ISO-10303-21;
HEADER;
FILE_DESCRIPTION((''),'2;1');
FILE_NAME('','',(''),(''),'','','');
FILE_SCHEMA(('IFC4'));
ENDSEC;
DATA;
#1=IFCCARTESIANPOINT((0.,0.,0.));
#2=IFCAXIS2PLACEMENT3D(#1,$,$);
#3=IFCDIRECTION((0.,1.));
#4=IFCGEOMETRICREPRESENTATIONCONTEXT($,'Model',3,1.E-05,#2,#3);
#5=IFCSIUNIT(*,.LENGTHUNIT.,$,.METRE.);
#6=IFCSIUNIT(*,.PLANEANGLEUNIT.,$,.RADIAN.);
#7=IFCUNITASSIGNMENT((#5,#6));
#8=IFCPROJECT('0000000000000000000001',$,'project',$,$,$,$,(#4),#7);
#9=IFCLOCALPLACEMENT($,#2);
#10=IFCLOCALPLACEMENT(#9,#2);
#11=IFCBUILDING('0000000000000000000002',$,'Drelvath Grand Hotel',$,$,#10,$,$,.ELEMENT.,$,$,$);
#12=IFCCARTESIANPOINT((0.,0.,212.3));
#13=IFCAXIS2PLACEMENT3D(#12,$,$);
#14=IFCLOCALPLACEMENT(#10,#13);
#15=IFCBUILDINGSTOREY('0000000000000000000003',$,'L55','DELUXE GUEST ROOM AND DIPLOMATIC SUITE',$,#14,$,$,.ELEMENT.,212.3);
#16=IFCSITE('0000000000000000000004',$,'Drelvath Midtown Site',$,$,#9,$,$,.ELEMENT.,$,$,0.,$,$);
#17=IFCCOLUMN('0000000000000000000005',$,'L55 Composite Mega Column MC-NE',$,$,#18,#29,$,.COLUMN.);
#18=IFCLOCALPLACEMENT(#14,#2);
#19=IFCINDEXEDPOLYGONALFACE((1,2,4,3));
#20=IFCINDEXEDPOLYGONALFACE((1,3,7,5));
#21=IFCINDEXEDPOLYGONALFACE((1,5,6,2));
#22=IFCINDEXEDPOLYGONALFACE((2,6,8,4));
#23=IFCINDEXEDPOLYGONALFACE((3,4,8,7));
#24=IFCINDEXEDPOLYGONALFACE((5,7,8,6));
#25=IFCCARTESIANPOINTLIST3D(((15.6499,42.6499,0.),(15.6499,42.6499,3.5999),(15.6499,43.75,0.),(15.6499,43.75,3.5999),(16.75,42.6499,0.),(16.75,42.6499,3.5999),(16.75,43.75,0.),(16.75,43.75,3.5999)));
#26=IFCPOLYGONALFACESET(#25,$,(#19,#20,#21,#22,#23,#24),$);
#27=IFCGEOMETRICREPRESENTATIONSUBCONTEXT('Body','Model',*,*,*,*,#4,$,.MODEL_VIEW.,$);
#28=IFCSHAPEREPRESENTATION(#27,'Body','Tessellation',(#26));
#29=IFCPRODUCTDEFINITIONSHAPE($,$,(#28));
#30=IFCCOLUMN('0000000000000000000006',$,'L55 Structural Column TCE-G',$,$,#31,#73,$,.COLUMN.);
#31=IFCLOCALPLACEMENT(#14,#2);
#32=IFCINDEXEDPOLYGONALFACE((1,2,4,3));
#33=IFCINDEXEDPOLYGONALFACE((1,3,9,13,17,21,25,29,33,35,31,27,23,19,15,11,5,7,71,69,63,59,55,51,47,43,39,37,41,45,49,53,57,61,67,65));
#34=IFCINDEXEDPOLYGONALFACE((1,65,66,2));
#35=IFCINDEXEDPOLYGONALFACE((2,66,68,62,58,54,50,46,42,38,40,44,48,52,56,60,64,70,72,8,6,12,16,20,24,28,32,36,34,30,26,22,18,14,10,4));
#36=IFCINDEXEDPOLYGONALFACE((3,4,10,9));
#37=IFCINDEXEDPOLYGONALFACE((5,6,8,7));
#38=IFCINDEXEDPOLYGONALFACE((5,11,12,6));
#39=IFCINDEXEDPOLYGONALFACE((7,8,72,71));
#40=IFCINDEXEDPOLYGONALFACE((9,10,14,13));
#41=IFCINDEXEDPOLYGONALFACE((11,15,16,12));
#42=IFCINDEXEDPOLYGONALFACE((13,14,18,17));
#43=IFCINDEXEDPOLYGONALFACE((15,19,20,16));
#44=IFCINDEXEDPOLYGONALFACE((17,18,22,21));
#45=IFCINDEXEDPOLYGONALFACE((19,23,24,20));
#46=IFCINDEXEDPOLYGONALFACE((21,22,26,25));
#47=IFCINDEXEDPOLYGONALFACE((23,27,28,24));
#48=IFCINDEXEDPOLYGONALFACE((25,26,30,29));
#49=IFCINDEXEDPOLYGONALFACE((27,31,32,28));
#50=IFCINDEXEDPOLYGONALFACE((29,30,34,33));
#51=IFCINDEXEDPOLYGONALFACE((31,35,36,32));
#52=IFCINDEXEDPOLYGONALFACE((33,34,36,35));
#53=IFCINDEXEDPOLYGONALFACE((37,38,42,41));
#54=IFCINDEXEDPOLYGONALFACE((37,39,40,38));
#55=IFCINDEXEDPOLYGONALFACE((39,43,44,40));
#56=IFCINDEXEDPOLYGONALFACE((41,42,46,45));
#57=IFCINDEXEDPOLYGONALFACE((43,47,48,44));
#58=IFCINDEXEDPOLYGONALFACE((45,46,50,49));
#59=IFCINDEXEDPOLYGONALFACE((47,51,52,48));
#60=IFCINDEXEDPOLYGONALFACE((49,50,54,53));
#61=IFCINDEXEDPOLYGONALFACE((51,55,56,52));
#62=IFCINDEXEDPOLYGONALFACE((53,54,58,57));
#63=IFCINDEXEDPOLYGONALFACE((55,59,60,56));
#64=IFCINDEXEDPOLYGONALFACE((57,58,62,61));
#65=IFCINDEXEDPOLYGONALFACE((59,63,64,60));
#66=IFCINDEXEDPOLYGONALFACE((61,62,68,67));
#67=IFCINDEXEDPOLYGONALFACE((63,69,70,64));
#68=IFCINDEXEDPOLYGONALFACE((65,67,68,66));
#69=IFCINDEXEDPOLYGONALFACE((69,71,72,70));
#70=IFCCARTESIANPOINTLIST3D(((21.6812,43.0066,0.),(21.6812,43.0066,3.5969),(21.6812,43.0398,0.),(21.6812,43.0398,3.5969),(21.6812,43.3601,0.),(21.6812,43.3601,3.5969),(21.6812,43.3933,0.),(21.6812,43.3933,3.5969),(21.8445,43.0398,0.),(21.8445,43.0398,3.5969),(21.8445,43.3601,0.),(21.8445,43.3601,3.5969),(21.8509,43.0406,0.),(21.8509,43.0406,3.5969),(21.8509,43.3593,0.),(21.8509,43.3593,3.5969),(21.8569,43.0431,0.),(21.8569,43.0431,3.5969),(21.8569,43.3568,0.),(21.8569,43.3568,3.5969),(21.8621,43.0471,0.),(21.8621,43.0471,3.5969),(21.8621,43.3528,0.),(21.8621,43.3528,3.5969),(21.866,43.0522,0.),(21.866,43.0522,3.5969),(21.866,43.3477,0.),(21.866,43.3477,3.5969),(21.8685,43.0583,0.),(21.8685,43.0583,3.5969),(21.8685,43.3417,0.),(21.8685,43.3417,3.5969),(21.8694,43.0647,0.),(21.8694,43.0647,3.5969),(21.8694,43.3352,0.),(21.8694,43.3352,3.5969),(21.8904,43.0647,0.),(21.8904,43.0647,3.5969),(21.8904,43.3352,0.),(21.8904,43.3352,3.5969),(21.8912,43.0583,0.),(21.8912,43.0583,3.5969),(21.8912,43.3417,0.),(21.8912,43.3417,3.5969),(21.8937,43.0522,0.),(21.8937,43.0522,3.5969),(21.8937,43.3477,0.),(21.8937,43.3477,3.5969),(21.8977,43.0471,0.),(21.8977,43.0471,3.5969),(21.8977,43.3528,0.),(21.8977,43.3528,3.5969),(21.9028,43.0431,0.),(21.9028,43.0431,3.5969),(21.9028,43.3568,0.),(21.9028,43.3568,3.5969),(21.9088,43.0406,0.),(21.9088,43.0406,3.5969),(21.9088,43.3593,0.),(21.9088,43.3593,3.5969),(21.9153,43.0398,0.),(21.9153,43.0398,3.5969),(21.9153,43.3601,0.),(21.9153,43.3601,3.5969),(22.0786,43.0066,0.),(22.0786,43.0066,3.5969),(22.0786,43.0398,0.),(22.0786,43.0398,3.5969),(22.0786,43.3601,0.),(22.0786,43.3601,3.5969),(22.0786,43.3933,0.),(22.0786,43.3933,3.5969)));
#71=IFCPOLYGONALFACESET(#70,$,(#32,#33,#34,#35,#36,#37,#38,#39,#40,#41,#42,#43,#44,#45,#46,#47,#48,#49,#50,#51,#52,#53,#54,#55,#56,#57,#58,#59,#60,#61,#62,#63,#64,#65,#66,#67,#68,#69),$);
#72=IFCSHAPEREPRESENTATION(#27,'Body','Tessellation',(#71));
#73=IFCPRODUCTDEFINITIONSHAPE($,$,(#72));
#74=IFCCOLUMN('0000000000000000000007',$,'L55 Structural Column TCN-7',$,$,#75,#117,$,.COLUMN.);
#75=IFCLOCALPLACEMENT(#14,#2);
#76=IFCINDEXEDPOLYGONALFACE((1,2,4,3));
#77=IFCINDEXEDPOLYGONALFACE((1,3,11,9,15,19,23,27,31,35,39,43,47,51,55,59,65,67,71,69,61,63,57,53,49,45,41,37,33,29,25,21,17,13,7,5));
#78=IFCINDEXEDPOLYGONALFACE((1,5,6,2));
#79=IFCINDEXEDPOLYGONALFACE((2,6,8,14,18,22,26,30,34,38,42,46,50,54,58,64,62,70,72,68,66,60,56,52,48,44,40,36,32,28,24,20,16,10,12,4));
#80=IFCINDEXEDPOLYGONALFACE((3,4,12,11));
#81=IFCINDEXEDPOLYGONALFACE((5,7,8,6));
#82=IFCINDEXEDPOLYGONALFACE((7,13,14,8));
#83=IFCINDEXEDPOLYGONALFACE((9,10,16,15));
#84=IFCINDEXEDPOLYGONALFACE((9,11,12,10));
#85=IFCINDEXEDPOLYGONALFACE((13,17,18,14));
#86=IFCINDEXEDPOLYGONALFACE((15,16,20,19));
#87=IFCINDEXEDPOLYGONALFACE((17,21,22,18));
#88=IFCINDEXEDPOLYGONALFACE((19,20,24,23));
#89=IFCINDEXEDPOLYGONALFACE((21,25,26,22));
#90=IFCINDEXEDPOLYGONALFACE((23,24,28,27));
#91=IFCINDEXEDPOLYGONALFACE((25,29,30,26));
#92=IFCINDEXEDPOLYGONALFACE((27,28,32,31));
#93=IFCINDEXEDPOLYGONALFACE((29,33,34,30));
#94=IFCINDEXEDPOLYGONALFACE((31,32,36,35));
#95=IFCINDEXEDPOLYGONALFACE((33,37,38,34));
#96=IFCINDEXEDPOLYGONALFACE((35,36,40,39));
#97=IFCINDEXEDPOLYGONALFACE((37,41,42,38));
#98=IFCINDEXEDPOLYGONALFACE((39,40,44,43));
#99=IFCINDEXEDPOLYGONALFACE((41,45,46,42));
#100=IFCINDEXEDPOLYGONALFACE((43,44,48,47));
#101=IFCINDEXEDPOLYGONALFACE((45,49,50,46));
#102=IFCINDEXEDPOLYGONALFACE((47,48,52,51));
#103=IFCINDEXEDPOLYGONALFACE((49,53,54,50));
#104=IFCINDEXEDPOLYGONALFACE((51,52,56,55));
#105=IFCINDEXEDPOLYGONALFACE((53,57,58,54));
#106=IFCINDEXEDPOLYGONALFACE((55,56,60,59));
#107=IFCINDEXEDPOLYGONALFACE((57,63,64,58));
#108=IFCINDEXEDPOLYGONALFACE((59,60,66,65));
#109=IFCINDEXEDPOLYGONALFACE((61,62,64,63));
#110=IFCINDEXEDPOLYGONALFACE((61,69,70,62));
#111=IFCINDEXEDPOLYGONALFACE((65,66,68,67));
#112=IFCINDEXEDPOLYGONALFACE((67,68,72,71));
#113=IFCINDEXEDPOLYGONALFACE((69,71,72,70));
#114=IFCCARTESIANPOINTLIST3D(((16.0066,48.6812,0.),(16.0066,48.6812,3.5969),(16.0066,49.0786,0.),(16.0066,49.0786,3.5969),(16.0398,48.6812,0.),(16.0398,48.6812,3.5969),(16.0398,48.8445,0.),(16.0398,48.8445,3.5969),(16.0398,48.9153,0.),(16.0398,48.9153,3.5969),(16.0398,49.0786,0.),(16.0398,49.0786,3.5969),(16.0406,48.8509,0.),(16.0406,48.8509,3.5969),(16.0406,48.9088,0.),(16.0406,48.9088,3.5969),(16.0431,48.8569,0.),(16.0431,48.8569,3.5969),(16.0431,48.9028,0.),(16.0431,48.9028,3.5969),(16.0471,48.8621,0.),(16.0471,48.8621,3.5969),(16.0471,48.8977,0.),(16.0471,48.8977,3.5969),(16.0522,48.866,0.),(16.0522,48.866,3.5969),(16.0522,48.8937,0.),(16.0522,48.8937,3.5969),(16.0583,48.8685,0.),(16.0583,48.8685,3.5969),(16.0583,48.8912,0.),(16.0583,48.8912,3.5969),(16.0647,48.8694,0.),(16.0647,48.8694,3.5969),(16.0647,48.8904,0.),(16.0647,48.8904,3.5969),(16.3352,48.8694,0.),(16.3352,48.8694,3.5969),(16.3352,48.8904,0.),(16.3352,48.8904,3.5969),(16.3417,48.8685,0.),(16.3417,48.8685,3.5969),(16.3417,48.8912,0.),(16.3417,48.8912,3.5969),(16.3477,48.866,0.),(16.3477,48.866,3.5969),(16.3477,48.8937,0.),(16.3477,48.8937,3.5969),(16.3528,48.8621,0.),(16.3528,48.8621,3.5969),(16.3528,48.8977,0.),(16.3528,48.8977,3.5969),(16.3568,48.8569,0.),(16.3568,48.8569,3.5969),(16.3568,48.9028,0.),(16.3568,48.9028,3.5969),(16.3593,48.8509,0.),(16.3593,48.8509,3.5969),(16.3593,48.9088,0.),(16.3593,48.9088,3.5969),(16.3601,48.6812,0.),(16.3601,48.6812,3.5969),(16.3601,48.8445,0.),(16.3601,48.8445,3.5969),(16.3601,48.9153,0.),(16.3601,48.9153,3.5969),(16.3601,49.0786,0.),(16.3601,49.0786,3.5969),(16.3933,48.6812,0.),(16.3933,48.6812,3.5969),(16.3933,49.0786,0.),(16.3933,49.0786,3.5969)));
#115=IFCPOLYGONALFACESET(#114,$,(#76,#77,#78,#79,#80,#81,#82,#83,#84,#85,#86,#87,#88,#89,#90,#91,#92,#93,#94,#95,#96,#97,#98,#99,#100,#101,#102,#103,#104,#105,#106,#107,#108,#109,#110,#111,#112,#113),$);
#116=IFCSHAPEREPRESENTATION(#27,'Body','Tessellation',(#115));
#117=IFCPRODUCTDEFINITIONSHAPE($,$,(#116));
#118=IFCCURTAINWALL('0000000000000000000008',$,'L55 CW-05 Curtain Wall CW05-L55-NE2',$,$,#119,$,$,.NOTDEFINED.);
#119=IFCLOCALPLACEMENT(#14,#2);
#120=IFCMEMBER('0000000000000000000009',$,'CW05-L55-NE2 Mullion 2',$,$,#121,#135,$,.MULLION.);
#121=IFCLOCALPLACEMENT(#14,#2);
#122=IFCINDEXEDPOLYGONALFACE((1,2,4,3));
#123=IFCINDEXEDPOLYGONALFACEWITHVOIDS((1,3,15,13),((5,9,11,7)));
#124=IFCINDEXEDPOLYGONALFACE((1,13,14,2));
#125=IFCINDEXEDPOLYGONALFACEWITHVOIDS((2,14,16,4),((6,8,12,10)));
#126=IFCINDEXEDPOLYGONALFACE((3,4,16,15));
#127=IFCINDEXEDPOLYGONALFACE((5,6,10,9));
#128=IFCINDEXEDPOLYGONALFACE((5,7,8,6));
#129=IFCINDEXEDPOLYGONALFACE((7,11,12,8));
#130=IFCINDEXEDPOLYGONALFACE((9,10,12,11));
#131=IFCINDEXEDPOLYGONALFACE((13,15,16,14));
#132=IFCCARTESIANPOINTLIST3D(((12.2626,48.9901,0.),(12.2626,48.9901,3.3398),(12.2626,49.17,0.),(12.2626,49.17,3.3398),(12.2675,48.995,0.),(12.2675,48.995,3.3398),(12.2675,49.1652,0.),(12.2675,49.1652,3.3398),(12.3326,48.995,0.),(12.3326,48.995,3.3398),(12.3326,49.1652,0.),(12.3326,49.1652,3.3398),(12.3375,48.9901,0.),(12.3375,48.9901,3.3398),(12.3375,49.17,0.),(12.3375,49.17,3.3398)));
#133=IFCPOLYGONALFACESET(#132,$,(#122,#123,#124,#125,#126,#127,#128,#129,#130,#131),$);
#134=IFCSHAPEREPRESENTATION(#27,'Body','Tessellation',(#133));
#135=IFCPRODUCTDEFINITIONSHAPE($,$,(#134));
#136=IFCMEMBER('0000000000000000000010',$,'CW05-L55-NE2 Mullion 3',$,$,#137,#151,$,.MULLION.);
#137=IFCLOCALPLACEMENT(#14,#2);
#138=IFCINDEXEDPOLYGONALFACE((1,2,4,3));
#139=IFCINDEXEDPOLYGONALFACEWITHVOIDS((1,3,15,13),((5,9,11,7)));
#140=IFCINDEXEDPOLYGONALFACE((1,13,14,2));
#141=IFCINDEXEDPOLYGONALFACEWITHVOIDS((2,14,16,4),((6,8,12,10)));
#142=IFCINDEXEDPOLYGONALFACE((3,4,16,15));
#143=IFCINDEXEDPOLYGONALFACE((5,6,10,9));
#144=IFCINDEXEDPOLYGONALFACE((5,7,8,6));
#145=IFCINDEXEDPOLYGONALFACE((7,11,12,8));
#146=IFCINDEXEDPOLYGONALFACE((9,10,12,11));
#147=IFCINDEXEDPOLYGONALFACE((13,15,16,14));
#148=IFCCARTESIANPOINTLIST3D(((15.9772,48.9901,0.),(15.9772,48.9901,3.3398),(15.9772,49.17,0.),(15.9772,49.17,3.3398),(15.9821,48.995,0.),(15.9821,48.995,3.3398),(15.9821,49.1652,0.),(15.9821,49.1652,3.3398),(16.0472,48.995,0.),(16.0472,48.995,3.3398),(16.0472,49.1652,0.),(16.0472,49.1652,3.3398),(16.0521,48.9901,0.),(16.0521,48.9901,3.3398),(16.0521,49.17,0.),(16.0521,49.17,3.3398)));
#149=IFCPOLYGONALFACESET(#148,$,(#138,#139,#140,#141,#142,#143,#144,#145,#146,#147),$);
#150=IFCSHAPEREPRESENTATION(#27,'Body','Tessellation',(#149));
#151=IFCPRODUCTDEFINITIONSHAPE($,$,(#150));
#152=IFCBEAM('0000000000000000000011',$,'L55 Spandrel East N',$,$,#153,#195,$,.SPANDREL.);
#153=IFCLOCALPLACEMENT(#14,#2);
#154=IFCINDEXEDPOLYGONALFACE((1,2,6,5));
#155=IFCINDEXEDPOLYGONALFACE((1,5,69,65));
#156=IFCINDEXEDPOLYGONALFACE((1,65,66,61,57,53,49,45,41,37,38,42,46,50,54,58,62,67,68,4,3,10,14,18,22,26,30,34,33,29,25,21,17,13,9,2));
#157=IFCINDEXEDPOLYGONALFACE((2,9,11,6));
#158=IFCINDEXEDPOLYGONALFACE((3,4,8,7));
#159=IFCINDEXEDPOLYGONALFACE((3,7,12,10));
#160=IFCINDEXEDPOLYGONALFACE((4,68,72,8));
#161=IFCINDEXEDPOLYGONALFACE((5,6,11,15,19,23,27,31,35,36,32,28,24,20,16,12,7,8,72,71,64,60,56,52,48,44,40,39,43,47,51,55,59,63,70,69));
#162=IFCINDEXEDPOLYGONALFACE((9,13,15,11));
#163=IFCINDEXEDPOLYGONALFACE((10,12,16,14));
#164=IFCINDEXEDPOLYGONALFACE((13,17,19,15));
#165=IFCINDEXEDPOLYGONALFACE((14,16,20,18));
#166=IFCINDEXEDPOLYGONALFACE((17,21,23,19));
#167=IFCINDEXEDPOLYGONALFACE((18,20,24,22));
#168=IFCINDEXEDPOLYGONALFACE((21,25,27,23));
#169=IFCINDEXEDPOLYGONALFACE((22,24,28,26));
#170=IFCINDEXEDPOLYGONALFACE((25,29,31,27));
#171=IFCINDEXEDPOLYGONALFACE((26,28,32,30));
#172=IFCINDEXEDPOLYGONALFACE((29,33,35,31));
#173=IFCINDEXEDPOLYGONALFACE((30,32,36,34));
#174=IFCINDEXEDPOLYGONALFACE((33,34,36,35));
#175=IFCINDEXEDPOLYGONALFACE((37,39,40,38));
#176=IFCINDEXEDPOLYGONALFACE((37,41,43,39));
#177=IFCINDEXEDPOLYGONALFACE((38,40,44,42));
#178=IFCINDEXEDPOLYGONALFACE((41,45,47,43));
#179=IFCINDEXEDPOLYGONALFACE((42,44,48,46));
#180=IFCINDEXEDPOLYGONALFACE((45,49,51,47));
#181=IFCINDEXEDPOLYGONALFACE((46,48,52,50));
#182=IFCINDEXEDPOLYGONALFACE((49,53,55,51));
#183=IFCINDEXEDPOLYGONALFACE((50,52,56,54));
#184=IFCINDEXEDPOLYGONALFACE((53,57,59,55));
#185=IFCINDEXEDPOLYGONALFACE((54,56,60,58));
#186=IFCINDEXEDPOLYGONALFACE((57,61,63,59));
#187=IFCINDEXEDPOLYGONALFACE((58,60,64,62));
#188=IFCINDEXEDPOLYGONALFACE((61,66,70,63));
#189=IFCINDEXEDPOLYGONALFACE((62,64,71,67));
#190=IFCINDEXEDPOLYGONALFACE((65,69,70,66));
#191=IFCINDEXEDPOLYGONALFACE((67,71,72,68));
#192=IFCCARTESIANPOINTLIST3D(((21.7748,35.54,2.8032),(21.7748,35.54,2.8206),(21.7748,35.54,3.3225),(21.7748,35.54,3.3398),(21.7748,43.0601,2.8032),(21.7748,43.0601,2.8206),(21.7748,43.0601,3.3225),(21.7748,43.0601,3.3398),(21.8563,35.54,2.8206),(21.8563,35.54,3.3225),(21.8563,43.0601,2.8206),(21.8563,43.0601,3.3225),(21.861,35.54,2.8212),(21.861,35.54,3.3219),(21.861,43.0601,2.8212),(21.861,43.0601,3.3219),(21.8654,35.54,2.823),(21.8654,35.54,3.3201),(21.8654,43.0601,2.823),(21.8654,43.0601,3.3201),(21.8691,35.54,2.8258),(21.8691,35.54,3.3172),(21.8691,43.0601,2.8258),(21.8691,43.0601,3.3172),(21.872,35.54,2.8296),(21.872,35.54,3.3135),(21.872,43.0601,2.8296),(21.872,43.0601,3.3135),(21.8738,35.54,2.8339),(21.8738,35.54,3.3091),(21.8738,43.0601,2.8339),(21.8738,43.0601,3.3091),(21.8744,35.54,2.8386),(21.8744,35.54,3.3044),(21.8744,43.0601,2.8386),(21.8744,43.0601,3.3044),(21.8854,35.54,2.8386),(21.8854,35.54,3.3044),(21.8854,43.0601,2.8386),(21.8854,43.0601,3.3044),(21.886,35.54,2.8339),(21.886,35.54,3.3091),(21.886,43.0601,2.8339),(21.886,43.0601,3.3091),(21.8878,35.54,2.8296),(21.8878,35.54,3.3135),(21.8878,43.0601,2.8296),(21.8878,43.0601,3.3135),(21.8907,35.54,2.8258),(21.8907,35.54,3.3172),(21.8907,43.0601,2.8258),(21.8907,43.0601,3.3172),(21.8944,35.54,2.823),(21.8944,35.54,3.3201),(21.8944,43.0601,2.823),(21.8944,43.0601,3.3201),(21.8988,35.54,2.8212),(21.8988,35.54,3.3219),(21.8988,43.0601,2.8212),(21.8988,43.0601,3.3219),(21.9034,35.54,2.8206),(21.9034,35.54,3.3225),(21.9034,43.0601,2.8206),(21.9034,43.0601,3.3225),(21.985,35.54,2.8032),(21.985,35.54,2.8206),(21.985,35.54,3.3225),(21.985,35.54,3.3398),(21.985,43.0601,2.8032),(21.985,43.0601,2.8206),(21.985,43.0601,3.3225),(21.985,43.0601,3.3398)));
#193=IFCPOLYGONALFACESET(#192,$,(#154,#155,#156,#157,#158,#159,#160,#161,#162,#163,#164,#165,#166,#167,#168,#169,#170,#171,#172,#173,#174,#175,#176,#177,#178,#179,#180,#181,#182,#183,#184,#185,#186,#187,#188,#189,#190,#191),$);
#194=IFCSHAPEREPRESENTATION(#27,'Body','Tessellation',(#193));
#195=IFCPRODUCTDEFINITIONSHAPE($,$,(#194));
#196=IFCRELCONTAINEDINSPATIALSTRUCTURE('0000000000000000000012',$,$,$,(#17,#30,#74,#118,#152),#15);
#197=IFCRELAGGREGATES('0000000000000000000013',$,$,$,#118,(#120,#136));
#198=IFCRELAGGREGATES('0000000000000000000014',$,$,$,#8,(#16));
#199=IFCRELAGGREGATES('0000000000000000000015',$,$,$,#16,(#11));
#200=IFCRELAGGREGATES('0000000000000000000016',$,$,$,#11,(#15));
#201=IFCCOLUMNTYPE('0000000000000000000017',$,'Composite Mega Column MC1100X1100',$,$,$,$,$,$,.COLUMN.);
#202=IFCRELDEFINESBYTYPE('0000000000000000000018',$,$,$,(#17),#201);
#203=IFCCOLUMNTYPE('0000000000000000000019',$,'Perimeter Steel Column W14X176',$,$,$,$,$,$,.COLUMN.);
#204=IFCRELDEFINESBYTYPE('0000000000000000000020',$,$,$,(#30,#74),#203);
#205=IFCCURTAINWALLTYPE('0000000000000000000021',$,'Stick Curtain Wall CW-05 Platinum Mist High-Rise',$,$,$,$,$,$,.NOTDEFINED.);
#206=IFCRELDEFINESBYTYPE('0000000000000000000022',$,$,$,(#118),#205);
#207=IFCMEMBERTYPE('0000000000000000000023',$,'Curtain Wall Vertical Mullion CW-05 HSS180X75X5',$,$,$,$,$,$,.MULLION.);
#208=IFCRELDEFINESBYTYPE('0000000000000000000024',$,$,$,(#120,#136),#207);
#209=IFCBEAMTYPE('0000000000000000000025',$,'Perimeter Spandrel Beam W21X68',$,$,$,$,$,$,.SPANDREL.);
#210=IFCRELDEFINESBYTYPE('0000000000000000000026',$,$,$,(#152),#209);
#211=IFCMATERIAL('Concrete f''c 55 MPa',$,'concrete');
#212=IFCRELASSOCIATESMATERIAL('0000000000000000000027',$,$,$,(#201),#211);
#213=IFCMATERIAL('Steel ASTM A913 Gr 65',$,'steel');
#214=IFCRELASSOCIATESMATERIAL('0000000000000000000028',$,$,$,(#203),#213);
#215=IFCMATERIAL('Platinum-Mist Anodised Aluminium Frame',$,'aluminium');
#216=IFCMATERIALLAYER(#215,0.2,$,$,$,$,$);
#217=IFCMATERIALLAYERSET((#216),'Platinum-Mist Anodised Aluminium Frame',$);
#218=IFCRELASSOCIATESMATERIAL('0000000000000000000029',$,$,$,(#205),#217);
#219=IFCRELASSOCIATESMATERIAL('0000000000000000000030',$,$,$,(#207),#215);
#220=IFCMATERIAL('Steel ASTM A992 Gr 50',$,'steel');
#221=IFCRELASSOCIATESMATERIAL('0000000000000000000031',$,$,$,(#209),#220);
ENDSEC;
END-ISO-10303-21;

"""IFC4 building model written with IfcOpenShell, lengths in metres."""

from ifc_helpers import new_model, si_unit, direction, frame, origin, origin_2d, place, context, subcontext, project, spatial, rectangle, hollow_rectangle, i_section, extrude, material, layer, layer_set, material_profile, profile_set, type_object, element, aggregate, save


model = new_model("IFC4")

# Units and contexts
model_context = context("Model", 3, precision=1e-05, world=origin(), true_north=direction((0.0, 1.0)))
body_context = subcontext(model_context, "Body", "Model", "MODEL_VIEW")
ifc_project = project(units=[si_unit("LENGTHUNIT", "METRE"), si_unit("PLANEANGLEUNIT", "RADIAN")], contexts=[model_context])

# Site, building, storey
site_placement = place(None, origin())
site = spatial("IfcSite", under=ifc_project, at=site_placement, Name="Drelvath Midtown Site", CompositionType="ELEMENT", RefElevation=0.0)
building_placement = place(site_placement, origin())
building = spatial("IfcBuilding", under=site, at=building_placement, Name="Drelvath Grand Hotel", CompositionType="ELEMENT")
storey_placement = place(building_placement, frame((0.0, 0.0, 212.3)))
storey = spatial("IfcBuildingStorey", under=building, at=storey_placement, Name="L55", Description="DELUXE GUEST ROOM AND DIPLOMATIC SUITE", CompositionType="ELEMENT", Elevation=212.3)

# Columns
ifc_material_1 = material(Name="Concrete f'c 55 MPa", Category="concrete")
ifc_material_profile_1 = material_profile(ifc_material_1, rectangle(XDim=1.1001, YDim=1.1001, at=origin_2d()), Name="MC1100X1100")
ifc_profile_set_1 = profile_set([ifc_material_profile_1], Name="Concrete f'c 55 MPa")
column_type_1 = type_object("IfcColumnType", Name="Composite Mega Column MC1100X1100", PredefinedType="COLUMN", material=ifc_profile_set_1)
column_placement = place(storey_placement, frame((16.2, 43.2, 0.0), z_axis=(0.0, 0.0, 1.0), x_axis=(1.0, 0.0, 0.0)))
element("IfcColumn", 1, at=column_placement, inside=storey, type_object=column_type_1, Name="L55 Composite Mega Column MC-NE", PredefinedType="COLUMN", context=body_context, shape_type="SweptSolid", body=[
    extrude(rectangle(XDim=1.1001, YDim=1.1001, at=origin_2d()), origin(), (0.0, 0.0, 1.0), 3.5999),
])
ifc_material_2 = material(Name="Steel ASTM A913 Gr 65", Category="steel")
ifc_material_profile_2 = material_profile(ifc_material_2, i_section(OverallWidth=0.3975, OverallDepth=0.3867, WebThickness=0.021, FlangeThickness=0.0332, FilletRadius=0.0249, at=origin_2d()), Name="W14X176")
ifc_profile_set_2 = profile_set([ifc_material_profile_2], Name="Steel ASTM A913 Gr 65")
column_type_2 = type_object("IfcColumnType", Name="Perimeter Steel Column W14X176", PredefinedType="COLUMN", material=ifc_profile_set_2)
for number, where, z_axis, x_axis, name in (
    (2, (21.8799, 43.2, 0.0), (0.0, 0.0, 1.0), (1.0, 0.0, 0.0), "L55 Structural Column TCE-G"),
    (3, (16.2, 48.8799, 0.0), (0.0, 0.0, 1.0), (0.0, 1.0, 0.0), "L55 Structural Column TCN-7"),
):
    element("IfcColumn", number, at=place(storey_placement, frame(where, z_axis=z_axis, x_axis=x_axis)), inside=storey, type_object=column_type_2, Name=name, PredefinedType="COLUMN", context=body_context, shape_type="SweptSolid", body=[
        extrude(i_section(OverallWidth=0.3975, OverallDepth=0.3867, WebThickness=0.021, FlangeThickness=0.0332, FilletRadius=0.0249, at=origin_2d()), origin(), (0.0, 0.0, 1.0), 3.5969),
    ])

# Curtain wall, members
ifc_material_3 = material(Name="Platinum-Mist Anodised Aluminium Frame", Category="aluminium")
ifc_layer_1 = layer(ifc_material_3, 0.2)
ifc_layer_set_1 = layer_set([ifc_layer_1], Name="Platinum-Mist Anodised Aluminium Frame")
curtain_wall_type = type_object("IfcCurtainWallType", Name="Stick Curtain Wall CW-05 Platinum Mist High-Rise", PredefinedType="NOTDEFINED", material=ifc_layer_set_1)
curtain_wall_placement = place(storey_placement, origin())
curtain_wall = element("IfcCurtainWall", 4, at=curtain_wall_placement, inside=storey, type_object=curtain_wall_type, Name="L55 CW-05 Curtain Wall CW05-L55-NE2", PredefinedType="NOTDEFINED")
ifc_material_profile_3 = material_profile(ifc_material_3, hollow_rectangle(XDim=0.075, YDim=0.1799, WallThickness=0.0049, at=origin_2d()), Name="HSS180X75X5")
ifc_profile_set_3 = profile_set([ifc_material_profile_3], Name="Platinum-Mist Anodised Aluminium Frame")
member_type = type_object("IfcMemberType", Name="Curtain Wall Vertical Mullion CW-05 HSS180X75X5", PredefinedType="MULLION", material=ifc_profile_set_3)
member_1_placement = place(storey_placement, frame((12.3, 49.0801, 0.0), z_axis=(0.0, 0.0, 1.0), x_axis=(1.0, 0.0, 0.0)))
member_1 = element("IfcMember", 5, at=member_1_placement, type_object=member_type, Name="CW05-L55-NE2 Mullion 2", PredefinedType="MULLION", context=body_context, shape_type="SweptSolid", body=[
    extrude(hollow_rectangle(XDim=0.075, YDim=0.1799, WallThickness=0.0049, at=origin_2d()), origin(), (0.0, 0.0, 1.0), 3.3398),
])
member_2_placement = place(storey_placement, frame((16.0146, 49.0801, 0.0), z_axis=(0.0, 0.0, 1.0), x_axis=(1.0, 0.0, 0.0)))
member_2 = element("IfcMember", 6, at=member_2_placement, type_object=member_type, Name="CW05-L55-NE2 Mullion 3", PredefinedType="MULLION", context=body_context, shape_type="SweptSolid", body=[
    extrude(hollow_rectangle(XDim=0.075, YDim=0.1799, WallThickness=0.0049, at=origin_2d()), origin(), (0.0, 0.0, 1.0), 3.3398),
])

# Beam
ifc_material_4 = material(Name="Steel ASTM A992 Gr 50", Category="steel")
ifc_material_profile_4 = material_profile(ifc_material_4, i_section(OverallWidth=0.2102, OverallDepth=0.5366, WebThickness=0.011, FlangeThickness=0.0173, FilletRadius=0.0181, at=origin_2d()), Name="W21X68")
ifc_profile_set_4 = profile_set([ifc_material_profile_4], Name="Steel ASTM A992 Gr 50")
beam_type_1 = type_object("IfcBeamType", Name="Perimeter Spandrel Beam W21X68", PredefinedType="SPANDREL", material=ifc_profile_set_4)
beam_placement = place(storey_placement, frame((21.8799, 35.54, 3.0715), z_axis=(0.0, 1.0, 0.0), x_axis=(-1.0, 0.0, 0.0)))
element("IfcBeam", 7, at=beam_placement, inside=storey, type_object=beam_type_1, Name="L55 Spandrel East N", PredefinedType="SPANDREL", context=body_context, shape_type="SweptSolid", body=[
    extrude(i_section(OverallWidth=0.2102, OverallDepth=0.5366, WebThickness=0.011, FlangeThickness=0.0173, FilletRadius=0.0181, at=origin_2d()), origin(), (0.0, 0.0, 1.0), 7.52),
])

aggregate(curtain_wall, [member_1, member_2])

save(model, "model.ifc")
